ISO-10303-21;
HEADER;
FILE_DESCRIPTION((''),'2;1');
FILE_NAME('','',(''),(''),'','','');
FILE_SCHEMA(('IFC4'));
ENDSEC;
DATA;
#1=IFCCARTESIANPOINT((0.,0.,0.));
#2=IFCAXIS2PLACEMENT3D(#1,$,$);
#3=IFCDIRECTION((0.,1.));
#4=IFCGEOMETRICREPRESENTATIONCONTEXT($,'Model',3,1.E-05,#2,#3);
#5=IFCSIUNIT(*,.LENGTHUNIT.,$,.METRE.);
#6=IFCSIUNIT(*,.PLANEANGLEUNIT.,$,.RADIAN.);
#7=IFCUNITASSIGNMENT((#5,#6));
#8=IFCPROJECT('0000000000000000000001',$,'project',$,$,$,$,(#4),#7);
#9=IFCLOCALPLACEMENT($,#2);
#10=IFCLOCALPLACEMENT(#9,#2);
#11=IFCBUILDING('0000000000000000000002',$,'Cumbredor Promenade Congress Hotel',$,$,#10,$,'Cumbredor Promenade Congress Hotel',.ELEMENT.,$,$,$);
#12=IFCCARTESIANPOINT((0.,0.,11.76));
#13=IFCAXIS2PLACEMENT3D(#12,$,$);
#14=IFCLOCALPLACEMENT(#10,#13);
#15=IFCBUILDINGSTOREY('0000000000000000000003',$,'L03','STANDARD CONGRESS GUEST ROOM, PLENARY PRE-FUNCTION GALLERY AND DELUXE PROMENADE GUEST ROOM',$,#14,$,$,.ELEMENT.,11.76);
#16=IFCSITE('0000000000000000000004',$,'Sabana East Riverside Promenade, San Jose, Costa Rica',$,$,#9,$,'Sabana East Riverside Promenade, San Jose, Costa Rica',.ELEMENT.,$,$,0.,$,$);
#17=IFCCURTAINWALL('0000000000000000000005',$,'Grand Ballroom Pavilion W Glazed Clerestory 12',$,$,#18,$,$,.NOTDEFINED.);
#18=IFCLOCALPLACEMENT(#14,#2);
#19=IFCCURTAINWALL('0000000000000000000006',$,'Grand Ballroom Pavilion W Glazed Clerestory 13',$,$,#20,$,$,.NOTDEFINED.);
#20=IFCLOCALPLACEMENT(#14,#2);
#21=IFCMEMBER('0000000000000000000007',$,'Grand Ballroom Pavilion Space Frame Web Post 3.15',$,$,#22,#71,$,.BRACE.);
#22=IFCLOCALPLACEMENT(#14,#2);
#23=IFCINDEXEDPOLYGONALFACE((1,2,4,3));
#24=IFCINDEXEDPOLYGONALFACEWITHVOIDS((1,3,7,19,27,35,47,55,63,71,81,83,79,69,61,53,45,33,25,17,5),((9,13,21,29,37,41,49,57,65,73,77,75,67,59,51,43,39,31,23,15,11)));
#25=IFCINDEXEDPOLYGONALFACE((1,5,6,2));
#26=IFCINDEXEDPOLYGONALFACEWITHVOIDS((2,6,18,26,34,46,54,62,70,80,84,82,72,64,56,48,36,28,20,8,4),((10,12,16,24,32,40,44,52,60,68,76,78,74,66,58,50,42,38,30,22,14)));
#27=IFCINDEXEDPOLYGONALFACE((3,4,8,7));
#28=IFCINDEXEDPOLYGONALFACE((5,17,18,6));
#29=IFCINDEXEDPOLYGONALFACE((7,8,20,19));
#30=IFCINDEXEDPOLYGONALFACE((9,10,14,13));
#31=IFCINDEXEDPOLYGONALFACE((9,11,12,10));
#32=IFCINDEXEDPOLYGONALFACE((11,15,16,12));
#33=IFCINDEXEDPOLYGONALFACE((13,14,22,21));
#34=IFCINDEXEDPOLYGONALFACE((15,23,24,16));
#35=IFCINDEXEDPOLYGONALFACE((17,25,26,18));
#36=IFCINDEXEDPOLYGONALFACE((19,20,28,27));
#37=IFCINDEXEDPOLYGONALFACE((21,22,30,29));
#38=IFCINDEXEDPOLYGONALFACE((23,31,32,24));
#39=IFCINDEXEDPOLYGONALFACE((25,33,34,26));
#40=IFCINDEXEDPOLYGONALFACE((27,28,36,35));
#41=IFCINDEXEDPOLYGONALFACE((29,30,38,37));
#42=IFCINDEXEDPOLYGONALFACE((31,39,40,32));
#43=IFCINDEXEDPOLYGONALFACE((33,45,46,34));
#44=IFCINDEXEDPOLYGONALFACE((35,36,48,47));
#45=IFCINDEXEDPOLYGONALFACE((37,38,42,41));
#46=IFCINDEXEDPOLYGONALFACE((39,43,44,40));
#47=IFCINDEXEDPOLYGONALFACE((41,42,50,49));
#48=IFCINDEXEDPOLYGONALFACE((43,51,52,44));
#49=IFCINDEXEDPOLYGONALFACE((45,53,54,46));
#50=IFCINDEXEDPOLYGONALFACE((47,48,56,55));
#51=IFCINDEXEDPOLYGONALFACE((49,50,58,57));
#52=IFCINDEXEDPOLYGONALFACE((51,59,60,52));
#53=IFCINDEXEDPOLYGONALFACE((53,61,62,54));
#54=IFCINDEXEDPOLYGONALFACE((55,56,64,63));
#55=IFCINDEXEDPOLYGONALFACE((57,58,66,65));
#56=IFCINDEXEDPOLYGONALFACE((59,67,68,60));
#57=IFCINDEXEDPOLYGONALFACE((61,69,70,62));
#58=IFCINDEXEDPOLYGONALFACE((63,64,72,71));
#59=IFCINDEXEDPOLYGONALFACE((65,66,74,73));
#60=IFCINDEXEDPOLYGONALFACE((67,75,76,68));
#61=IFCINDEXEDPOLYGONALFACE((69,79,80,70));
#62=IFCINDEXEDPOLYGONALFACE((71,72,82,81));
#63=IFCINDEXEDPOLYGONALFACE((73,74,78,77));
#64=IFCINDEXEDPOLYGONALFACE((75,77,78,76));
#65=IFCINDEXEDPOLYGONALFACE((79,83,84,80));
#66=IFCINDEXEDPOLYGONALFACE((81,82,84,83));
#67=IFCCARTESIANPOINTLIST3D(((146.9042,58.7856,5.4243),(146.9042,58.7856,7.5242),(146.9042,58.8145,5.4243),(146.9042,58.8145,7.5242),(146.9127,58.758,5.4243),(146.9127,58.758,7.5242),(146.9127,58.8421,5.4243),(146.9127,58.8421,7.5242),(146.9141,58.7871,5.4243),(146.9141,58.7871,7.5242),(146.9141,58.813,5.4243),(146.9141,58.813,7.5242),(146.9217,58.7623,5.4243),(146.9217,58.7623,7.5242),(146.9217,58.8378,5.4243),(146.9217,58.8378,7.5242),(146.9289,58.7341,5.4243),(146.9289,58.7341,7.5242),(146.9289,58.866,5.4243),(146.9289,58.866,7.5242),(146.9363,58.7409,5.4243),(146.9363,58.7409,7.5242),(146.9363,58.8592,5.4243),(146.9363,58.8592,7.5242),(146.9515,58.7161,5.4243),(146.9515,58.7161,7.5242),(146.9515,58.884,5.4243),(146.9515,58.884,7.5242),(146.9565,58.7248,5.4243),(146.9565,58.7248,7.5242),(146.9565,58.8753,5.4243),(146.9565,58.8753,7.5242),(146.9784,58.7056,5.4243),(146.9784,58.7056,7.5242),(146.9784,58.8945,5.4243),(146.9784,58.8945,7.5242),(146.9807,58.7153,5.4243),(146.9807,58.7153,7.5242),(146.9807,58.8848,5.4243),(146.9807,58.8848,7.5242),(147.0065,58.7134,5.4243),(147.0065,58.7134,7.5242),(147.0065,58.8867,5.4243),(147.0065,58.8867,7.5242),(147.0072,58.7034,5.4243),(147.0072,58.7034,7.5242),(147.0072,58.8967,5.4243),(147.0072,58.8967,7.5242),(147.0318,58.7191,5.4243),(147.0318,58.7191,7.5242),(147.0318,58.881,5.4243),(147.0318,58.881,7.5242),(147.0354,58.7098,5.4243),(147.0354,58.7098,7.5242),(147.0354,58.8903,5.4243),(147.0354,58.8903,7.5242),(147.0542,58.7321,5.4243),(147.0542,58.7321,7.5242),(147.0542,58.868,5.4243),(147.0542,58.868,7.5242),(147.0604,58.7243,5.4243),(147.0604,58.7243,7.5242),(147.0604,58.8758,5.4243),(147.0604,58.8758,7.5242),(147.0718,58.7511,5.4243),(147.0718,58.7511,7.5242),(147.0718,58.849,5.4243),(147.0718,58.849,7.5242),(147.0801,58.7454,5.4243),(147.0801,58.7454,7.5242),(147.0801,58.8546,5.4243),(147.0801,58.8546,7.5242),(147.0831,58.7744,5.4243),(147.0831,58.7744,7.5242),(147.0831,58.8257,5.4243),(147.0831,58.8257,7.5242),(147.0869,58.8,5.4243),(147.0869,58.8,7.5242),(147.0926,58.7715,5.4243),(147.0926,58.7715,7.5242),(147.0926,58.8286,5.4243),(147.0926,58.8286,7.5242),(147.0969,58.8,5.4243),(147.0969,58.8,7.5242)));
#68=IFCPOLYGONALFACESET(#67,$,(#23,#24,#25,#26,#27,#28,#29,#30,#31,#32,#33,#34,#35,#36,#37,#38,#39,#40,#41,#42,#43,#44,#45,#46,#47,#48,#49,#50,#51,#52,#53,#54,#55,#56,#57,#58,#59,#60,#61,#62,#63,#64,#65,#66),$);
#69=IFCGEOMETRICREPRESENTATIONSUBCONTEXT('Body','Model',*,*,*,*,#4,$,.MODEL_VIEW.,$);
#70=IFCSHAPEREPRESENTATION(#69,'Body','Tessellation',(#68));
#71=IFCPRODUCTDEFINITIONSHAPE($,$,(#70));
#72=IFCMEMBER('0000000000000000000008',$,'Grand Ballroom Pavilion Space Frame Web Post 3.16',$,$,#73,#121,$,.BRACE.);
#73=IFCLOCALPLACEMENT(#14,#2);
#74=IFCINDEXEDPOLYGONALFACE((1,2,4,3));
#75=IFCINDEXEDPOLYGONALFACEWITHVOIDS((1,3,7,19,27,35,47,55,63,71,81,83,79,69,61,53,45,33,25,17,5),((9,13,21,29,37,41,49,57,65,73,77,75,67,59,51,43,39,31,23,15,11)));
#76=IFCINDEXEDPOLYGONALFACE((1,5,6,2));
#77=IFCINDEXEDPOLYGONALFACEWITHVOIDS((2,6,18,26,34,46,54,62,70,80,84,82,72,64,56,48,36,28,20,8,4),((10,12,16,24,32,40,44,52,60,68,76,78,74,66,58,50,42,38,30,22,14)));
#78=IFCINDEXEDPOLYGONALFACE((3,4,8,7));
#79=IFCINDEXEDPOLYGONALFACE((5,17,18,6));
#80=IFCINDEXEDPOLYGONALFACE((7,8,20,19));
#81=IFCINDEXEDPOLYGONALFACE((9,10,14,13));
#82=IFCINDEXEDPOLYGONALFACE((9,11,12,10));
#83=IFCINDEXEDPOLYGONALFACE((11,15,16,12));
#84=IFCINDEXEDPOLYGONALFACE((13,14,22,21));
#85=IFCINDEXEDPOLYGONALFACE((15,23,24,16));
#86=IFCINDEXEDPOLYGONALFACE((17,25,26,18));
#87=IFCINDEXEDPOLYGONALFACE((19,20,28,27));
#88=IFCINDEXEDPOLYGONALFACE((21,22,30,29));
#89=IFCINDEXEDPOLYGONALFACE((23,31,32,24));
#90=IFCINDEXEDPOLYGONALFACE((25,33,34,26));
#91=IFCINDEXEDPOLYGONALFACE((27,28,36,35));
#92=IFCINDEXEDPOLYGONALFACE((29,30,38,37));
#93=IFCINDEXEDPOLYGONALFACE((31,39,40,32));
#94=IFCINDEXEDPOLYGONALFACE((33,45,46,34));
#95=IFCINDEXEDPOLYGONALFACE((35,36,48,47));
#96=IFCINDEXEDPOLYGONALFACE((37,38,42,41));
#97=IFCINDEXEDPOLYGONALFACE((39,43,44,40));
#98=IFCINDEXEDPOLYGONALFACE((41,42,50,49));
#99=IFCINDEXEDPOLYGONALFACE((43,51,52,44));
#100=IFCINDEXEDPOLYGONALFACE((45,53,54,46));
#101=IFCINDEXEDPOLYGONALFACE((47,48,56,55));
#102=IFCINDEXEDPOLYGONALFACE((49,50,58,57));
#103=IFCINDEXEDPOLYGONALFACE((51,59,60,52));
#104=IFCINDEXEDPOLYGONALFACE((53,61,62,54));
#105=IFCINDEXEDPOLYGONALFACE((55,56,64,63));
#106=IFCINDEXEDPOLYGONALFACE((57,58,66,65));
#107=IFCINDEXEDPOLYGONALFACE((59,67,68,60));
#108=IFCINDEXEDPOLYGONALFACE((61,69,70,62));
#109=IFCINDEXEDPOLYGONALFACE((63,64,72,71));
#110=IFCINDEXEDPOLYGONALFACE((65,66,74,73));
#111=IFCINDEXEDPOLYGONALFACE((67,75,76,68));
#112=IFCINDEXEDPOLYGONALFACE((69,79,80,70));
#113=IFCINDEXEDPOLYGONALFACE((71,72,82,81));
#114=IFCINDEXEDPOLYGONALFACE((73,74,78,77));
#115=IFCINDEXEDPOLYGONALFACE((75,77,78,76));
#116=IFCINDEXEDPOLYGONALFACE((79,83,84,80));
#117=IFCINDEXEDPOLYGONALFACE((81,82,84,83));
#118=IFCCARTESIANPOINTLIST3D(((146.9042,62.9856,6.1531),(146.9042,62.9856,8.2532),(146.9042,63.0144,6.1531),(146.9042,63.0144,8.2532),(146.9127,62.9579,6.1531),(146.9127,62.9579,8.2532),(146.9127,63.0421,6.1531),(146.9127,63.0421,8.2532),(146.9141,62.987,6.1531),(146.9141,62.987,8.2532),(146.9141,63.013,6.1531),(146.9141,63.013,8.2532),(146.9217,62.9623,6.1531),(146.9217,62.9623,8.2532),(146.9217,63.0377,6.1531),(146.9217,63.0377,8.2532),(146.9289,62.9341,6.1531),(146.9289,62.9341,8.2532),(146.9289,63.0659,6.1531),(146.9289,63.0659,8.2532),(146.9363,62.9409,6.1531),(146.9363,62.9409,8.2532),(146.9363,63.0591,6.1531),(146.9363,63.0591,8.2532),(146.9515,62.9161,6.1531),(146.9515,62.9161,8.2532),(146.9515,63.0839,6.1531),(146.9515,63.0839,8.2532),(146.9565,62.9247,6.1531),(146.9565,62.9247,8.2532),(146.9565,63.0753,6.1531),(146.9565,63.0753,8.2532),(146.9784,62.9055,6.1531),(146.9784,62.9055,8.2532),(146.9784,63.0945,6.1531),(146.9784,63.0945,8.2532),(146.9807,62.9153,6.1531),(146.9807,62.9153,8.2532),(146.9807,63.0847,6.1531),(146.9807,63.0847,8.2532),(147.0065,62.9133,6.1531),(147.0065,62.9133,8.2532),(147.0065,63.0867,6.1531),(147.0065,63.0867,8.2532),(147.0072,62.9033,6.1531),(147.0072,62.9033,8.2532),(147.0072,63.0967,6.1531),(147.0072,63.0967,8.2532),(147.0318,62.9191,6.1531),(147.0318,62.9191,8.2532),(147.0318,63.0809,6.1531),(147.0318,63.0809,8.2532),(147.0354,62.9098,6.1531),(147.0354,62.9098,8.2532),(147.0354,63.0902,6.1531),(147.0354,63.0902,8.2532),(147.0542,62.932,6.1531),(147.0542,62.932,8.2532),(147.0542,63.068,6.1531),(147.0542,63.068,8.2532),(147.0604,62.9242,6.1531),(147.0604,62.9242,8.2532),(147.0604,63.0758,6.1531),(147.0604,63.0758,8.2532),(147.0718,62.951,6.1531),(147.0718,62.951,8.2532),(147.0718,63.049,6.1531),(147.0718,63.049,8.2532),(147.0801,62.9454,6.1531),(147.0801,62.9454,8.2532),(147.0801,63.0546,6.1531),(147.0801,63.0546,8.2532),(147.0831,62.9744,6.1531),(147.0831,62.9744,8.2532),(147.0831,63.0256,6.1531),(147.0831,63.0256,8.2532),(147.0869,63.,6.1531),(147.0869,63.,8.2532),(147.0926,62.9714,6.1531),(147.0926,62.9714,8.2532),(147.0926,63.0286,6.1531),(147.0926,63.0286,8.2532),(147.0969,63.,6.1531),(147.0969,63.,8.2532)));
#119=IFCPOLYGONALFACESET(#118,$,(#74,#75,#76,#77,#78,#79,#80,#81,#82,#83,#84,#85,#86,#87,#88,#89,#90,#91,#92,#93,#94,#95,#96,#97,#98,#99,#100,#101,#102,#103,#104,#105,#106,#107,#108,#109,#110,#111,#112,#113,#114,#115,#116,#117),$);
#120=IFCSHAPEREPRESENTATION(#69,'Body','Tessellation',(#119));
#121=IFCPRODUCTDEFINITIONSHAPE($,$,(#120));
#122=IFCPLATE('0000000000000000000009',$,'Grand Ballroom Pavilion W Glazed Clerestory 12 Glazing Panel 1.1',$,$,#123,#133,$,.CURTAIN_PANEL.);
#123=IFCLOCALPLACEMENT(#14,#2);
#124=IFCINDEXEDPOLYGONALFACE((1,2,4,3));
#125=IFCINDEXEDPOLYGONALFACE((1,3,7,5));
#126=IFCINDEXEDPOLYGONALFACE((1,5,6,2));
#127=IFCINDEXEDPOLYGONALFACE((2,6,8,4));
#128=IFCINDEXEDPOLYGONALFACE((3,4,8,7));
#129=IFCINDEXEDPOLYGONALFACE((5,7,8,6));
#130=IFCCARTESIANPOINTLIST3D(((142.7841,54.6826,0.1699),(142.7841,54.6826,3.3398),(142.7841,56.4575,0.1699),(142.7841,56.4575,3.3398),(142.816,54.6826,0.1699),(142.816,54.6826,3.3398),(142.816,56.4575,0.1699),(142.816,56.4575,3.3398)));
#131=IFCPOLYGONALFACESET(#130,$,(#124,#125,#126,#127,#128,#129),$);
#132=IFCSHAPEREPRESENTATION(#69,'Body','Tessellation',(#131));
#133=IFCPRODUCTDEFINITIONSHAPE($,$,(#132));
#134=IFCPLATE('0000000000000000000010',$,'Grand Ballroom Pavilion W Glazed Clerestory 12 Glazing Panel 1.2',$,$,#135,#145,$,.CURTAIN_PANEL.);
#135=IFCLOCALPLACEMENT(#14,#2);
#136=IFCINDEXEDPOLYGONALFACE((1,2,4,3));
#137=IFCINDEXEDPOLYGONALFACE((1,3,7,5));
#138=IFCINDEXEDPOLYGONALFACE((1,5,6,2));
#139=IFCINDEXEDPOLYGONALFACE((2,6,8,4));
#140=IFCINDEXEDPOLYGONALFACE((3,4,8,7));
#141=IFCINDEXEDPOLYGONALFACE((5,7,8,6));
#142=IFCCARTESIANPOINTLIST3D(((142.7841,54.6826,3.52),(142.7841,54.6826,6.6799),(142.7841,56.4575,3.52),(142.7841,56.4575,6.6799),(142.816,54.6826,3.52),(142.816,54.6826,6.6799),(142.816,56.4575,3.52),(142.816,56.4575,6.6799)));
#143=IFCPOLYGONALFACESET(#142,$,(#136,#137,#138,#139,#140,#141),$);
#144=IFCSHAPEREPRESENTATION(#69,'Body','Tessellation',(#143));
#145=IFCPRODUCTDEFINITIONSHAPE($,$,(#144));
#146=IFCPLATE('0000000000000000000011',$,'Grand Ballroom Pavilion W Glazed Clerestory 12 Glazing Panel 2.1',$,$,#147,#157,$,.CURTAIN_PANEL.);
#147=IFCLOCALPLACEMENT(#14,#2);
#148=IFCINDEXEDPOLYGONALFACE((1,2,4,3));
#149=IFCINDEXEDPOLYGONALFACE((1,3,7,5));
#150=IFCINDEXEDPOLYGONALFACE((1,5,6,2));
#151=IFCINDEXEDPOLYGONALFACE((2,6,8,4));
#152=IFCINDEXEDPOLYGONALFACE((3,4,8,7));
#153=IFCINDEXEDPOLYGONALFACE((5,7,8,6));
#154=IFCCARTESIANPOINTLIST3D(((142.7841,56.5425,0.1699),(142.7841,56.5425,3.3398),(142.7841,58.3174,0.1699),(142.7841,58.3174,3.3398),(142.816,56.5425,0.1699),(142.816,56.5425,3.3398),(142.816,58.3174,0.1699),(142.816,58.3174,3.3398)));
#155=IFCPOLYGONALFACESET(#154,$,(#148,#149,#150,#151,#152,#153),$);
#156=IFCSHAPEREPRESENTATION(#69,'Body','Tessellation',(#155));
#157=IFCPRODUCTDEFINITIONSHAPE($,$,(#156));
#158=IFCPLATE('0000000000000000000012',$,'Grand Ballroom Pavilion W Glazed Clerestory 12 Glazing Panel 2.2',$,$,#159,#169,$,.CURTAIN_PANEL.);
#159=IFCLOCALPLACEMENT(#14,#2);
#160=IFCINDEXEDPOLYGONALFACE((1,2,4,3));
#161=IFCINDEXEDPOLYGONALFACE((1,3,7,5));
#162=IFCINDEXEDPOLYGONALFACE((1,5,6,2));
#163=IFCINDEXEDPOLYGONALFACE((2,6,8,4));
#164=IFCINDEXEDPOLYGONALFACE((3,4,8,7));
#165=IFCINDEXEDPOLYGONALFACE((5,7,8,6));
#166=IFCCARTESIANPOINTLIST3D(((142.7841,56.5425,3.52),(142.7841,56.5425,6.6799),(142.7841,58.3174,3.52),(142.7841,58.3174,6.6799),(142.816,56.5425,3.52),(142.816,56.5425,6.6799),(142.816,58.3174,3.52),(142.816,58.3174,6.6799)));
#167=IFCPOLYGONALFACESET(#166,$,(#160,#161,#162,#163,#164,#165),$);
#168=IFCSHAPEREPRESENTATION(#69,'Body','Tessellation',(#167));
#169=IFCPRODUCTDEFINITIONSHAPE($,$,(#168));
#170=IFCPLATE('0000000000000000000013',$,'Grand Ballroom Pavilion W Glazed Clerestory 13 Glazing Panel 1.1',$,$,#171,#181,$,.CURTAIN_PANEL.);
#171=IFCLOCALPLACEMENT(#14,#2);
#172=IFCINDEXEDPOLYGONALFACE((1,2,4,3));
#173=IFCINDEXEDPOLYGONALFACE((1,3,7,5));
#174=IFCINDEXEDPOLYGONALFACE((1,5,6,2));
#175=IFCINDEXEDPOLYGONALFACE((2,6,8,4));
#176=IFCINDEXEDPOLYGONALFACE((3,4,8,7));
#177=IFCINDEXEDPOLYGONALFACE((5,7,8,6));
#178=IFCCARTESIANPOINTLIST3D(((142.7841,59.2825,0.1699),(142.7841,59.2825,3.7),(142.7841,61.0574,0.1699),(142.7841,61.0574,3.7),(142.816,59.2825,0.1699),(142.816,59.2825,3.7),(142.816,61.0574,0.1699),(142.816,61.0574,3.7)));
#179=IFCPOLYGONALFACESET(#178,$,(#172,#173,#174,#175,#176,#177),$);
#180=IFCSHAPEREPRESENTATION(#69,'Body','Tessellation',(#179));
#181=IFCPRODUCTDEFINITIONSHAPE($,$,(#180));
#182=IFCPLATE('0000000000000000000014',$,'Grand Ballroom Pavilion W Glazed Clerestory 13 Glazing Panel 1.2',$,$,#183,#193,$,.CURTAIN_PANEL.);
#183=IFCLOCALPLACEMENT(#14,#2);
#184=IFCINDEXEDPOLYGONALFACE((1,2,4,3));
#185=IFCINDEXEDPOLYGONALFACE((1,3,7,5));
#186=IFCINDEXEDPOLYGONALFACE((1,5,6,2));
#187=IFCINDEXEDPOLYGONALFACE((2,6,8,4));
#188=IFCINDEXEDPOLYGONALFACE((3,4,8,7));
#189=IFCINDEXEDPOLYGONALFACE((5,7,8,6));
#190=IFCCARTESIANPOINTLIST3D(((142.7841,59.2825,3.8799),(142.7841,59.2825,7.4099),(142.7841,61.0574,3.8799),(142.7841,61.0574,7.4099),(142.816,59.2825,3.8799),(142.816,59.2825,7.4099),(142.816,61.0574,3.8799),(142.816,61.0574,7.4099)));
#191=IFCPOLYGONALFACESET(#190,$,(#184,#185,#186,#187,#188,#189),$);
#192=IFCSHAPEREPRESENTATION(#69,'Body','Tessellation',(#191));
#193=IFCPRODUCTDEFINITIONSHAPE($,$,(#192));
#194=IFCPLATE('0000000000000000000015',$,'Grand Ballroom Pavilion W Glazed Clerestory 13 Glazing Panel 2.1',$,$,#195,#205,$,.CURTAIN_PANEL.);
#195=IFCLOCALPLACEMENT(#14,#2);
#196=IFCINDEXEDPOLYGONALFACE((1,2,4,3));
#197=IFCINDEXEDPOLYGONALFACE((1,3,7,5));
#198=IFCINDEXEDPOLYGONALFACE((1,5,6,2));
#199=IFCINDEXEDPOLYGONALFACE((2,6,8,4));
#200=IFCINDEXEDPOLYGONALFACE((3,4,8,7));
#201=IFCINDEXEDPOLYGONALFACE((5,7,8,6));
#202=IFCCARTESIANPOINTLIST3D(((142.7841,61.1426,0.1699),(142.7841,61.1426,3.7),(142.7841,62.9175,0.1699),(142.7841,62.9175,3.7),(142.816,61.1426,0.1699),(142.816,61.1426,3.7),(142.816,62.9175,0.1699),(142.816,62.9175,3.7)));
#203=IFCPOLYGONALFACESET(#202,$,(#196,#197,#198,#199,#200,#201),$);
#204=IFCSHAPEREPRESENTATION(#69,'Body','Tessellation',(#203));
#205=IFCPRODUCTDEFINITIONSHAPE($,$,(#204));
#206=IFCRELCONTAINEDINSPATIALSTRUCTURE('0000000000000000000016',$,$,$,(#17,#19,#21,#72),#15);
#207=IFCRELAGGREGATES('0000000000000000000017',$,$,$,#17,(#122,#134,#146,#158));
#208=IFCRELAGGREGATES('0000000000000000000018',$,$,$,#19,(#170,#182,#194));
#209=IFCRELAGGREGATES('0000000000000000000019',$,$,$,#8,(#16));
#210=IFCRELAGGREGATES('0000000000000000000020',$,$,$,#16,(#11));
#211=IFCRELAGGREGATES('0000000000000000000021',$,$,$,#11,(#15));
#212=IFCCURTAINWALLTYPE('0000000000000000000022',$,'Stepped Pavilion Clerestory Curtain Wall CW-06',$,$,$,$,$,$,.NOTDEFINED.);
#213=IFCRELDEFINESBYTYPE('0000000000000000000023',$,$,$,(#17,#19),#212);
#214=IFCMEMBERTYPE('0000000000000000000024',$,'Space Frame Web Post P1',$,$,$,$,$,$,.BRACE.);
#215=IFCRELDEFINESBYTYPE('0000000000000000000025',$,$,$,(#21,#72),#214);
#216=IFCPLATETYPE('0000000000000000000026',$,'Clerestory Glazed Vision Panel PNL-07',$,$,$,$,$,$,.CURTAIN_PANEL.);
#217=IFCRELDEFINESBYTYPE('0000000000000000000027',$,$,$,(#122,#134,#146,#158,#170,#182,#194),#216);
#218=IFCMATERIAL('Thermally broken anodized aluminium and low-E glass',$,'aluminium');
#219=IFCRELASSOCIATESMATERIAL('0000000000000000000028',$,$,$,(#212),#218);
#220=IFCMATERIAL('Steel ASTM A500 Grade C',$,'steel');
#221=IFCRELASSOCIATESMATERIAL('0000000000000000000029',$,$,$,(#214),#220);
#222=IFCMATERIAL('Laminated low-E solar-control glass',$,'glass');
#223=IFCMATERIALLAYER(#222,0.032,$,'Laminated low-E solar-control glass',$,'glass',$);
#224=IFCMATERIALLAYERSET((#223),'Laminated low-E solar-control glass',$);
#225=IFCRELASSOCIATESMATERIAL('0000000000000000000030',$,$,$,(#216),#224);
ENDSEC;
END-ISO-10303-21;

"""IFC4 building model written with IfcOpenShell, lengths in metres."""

from ifc_helpers import new_model, si_unit, direction, frame, origin, origin_2d, place, context, subcontext, project, spatial, rectangle, hollow_circle, extrude, material, layer, layer_set, material_profile, profile_set, type_object, element, aggregate, save


model = new_model("IFC4")

# Units and contexts
model_context = context("Model", 3, precision=1e-05, world=origin(), true_north=direction((0.0, 1.0)))
body_context = subcontext(model_context, "Body", "Model", "MODEL_VIEW")
ifc_project = project(units=[si_unit("LENGTHUNIT", "METRE"), si_unit("PLANEANGLEUNIT", "RADIAN")], contexts=[model_context])

# Site, building, storey
site_placement = place(None, origin())
site = spatial("IfcSite", under=ifc_project, at=site_placement, Name="Sabana East Riverside Promenade, San Jose, Costa Rica", LongName="Sabana East Riverside Promenade, San Jose, Costa Rica", CompositionType="ELEMENT", RefElevation=0.0)
building_placement = place(site_placement, origin())
building = spatial("IfcBuilding", under=site, at=building_placement, Name="Cumbredor Promenade Congress Hotel", LongName="Cumbredor Promenade Congress Hotel", CompositionType="ELEMENT")
storey_placement = place(building_placement, frame((0.0, 0.0, 11.76)))
storey = spatial("IfcBuildingStorey", under=building, at=storey_placement, Name="L03", Description="STANDARD CONGRESS GUEST ROOM, PLENARY PRE-FUNCTION GALLERY AND DELUXE PROMENADE GUEST ROOM", CompositionType="ELEMENT", Elevation=11.76)

# Shared definitions
ifc_material_1 = material(Name="Steel ASTM A500 Grade C", Category="steel")

# Curtain walls
ifc_material_2 = material(Name="Thermally broken anodized aluminium and low-E glass", Category="aluminium")
curtain_wall_type = type_object("IfcCurtainWallType", Name="Stepped Pavilion Clerestory Curtain Wall CW-06", PredefinedType="NOTDEFINED", material=ifc_material_2)
curtain_wall_1_placement = place(storey_placement, origin())
curtain_wall_1 = element("IfcCurtainWall", 1, at=curtain_wall_1_placement, inside=storey, type_object=curtain_wall_type, Name="Grand Ballroom Pavilion W Glazed Clerestory 12", PredefinedType="NOTDEFINED")
curtain_wall_2_placement = place(storey_placement, origin())
curtain_wall_2 = element("IfcCurtainWall", 2, at=curtain_wall_2_placement, inside=storey, type_object=curtain_wall_type, Name="Grand Ballroom Pavilion W Glazed Clerestory 13", PredefinedType="NOTDEFINED")

# Members
ifc_material_profile_1 = material_profile(ifc_material_1, hollow_circle(Radius=0.0969, WallThickness=0.01, at=origin_2d()), Name="CHS 193.7x10")
ifc_profile_set_1 = profile_set([ifc_material_profile_1], Name="Steel ASTM A500 Grade C")
member_type_1 = type_object("IfcMemberType", Name="Space Frame Web Post P1", PredefinedType="BRACE", material=ifc_profile_set_1)
member_1_placement = place(storey_placement, frame((147.0, 58.8, 5.4243), z_axis=(0.0, 0.0, 1.0), x_axis=(1.0, 0.0, 0.0)))
element("IfcMember", 3, at=member_1_placement, inside=storey, type_object=member_type_1, Name="Grand Ballroom Pavilion Space Frame Web Post 3.15", PredefinedType="BRACE", context=body_context, shape_type="SweptSolid", body=[
    extrude(hollow_circle(Radius=0.0969, WallThickness=0.01, at=origin_2d()), origin(), (0.0, 0.0, 1.0), 2.0999),
])
member_2_placement = place(storey_placement, frame((147.0, 63.0, 6.1531), z_axis=(0.0, 0.0, 1.0), x_axis=(1.0, 0.0, 0.0)))
element("IfcMember", 4, at=member_2_placement, inside=storey, type_object=member_type_1, Name="Grand Ballroom Pavilion Space Frame Web Post 3.16", PredefinedType="BRACE", context=body_context, shape_type="SweptSolid", body=[
    extrude(hollow_circle(Radius=0.0969, WallThickness=0.01, at=origin_2d()), origin(), (0.0, 0.0, 1.0), 2.1001),
])

# Plates
ifc_material_3 = material(Name="Laminated low-E solar-control glass", Category="glass")
ifc_layer_1 = layer(ifc_material_3, 0.032, Name="Laminated low-E solar-control glass", Category="glass")
ifc_layer_set_1 = layer_set([ifc_layer_1], Name="Laminated low-E solar-control glass")
plate_type_1 = type_object("IfcPlateType", Name="Clerestory Glazed Vision Panel PNL-07", PredefinedType="CURTAIN_PANEL", material=ifc_layer_set_1)
plate_1_placement = place(storey_placement, frame((142.8, 55.5701, 0.1699), z_axis=(0.0, 0.0, 1.0), x_axis=(0.0, 1.0, 0.0)))
plate_1 = element("IfcPlate", 5, at=plate_1_placement, type_object=plate_type_1, Name="Grand Ballroom Pavilion W Glazed Clerestory 12 Glazing Panel 1.1", PredefinedType="CURTAIN_PANEL", context=body_context, shape_type="SweptSolid", body=[
    extrude(rectangle(XDim=1.7749, YDim=0.032, at=origin_2d()), origin(), (0.0, 0.0, 1.0), 3.1699),
])
plate_2_placement = place(storey_placement, frame((142.8, 55.5701, 3.52), z_axis=(0.0, 0.0, 1.0), x_axis=(0.0, 1.0, 0.0)))
plate_2 = element("IfcPlate", 6, at=plate_2_placement, type_object=plate_type_1, Name="Grand Ballroom Pavilion W Glazed Clerestory 12 Glazing Panel 1.2", PredefinedType="CURTAIN_PANEL", context=body_context, shape_type="SweptSolid", body=[
    extrude(rectangle(XDim=1.7749, YDim=0.032, at=origin_2d()), origin(), (0.0, 0.0, 1.0), 3.1599),
])
plate_3_placement = place(storey_placement, frame((142.8, 57.4299, 0.1699), z_axis=(0.0, 0.0, 1.0), x_axis=(0.0, 1.0, 0.0)))
plate_3 = element("IfcPlate", 7, at=plate_3_placement, type_object=plate_type_1, Name="Grand Ballroom Pavilion W Glazed Clerestory 12 Glazing Panel 2.1", PredefinedType="CURTAIN_PANEL", context=body_context, shape_type="SweptSolid", body=[
    extrude(rectangle(XDim=1.7749, YDim=0.032, at=origin_2d()), origin(), (0.0, 0.0, 1.0), 3.1699),
])
plate_4_placement = place(storey_placement, frame((142.8, 57.4299, 3.52), z_axis=(0.0, 0.0, 1.0), x_axis=(0.0, 1.0, 0.0)))
plate_4 = element("IfcPlate", 8, at=plate_4_placement, type_object=plate_type_1, Name="Grand Ballroom Pavilion W Glazed Clerestory 12 Glazing Panel 2.2", PredefinedType="CURTAIN_PANEL", context=body_context, shape_type="SweptSolid", body=[
    extrude(rectangle(XDim=1.7749, YDim=0.032, at=origin_2d()), origin(), (0.0, 0.0, 1.0), 3.1599),
])
aggregate(curtain_wall_1, [plate_1, plate_2, plate_3, plate_4])
plate_5_placement = place(storey_placement, frame((142.8, 60.1699, 0.1699), z_axis=(0.0, 0.0, 1.0), x_axis=(0.0, 1.0, 0.0)))
plate_5 = element("IfcPlate", 9, at=plate_5_placement, type_object=plate_type_1, Name="Grand Ballroom Pavilion W Glazed Clerestory 13 Glazing Panel 1.1", PredefinedType="CURTAIN_PANEL", context=body_context, shape_type="SweptSolid", body=[
    extrude(rectangle(XDim=1.7749, YDim=0.032, at=origin_2d()), origin(), (0.0, 0.0, 1.0), 3.53),
])
plate_6_placement = place(storey_placement, frame((142.8, 60.1699, 3.8799), z_axis=(0.0, 0.0, 1.0), x_axis=(0.0, 1.0, 0.0)))
plate_6 = element("IfcPlate", 10, at=plate_6_placement, type_object=plate_type_1, Name="Grand Ballroom Pavilion W Glazed Clerestory 13 Glazing Panel 1.2", PredefinedType="CURTAIN_PANEL", context=body_context, shape_type="SweptSolid", body=[
    extrude(rectangle(XDim=1.7749, YDim=0.032, at=origin_2d()), origin(), (0.0, 0.0, 1.0), 3.53),
])
plate_7_placement = place(storey_placement, frame((142.8, 62.03, 0.1699), z_axis=(0.0, 0.0, 1.0), x_axis=(0.0, 1.0, 0.0)))
plate_7 = element("IfcPlate", 11, at=plate_7_placement, type_object=plate_type_1, Name="Grand Ballroom Pavilion W Glazed Clerestory 13 Glazing Panel 2.1", PredefinedType="CURTAIN_PANEL", context=body_context, shape_type="SweptSolid", body=[
    extrude(rectangle(XDim=1.7749, YDim=0.032, at=origin_2d()), origin(), (0.0, 0.0, 1.0), 3.53),
])
aggregate(curtain_wall_2, [plate_5, plate_6, plate_7])

save(model, "model.ifc")
